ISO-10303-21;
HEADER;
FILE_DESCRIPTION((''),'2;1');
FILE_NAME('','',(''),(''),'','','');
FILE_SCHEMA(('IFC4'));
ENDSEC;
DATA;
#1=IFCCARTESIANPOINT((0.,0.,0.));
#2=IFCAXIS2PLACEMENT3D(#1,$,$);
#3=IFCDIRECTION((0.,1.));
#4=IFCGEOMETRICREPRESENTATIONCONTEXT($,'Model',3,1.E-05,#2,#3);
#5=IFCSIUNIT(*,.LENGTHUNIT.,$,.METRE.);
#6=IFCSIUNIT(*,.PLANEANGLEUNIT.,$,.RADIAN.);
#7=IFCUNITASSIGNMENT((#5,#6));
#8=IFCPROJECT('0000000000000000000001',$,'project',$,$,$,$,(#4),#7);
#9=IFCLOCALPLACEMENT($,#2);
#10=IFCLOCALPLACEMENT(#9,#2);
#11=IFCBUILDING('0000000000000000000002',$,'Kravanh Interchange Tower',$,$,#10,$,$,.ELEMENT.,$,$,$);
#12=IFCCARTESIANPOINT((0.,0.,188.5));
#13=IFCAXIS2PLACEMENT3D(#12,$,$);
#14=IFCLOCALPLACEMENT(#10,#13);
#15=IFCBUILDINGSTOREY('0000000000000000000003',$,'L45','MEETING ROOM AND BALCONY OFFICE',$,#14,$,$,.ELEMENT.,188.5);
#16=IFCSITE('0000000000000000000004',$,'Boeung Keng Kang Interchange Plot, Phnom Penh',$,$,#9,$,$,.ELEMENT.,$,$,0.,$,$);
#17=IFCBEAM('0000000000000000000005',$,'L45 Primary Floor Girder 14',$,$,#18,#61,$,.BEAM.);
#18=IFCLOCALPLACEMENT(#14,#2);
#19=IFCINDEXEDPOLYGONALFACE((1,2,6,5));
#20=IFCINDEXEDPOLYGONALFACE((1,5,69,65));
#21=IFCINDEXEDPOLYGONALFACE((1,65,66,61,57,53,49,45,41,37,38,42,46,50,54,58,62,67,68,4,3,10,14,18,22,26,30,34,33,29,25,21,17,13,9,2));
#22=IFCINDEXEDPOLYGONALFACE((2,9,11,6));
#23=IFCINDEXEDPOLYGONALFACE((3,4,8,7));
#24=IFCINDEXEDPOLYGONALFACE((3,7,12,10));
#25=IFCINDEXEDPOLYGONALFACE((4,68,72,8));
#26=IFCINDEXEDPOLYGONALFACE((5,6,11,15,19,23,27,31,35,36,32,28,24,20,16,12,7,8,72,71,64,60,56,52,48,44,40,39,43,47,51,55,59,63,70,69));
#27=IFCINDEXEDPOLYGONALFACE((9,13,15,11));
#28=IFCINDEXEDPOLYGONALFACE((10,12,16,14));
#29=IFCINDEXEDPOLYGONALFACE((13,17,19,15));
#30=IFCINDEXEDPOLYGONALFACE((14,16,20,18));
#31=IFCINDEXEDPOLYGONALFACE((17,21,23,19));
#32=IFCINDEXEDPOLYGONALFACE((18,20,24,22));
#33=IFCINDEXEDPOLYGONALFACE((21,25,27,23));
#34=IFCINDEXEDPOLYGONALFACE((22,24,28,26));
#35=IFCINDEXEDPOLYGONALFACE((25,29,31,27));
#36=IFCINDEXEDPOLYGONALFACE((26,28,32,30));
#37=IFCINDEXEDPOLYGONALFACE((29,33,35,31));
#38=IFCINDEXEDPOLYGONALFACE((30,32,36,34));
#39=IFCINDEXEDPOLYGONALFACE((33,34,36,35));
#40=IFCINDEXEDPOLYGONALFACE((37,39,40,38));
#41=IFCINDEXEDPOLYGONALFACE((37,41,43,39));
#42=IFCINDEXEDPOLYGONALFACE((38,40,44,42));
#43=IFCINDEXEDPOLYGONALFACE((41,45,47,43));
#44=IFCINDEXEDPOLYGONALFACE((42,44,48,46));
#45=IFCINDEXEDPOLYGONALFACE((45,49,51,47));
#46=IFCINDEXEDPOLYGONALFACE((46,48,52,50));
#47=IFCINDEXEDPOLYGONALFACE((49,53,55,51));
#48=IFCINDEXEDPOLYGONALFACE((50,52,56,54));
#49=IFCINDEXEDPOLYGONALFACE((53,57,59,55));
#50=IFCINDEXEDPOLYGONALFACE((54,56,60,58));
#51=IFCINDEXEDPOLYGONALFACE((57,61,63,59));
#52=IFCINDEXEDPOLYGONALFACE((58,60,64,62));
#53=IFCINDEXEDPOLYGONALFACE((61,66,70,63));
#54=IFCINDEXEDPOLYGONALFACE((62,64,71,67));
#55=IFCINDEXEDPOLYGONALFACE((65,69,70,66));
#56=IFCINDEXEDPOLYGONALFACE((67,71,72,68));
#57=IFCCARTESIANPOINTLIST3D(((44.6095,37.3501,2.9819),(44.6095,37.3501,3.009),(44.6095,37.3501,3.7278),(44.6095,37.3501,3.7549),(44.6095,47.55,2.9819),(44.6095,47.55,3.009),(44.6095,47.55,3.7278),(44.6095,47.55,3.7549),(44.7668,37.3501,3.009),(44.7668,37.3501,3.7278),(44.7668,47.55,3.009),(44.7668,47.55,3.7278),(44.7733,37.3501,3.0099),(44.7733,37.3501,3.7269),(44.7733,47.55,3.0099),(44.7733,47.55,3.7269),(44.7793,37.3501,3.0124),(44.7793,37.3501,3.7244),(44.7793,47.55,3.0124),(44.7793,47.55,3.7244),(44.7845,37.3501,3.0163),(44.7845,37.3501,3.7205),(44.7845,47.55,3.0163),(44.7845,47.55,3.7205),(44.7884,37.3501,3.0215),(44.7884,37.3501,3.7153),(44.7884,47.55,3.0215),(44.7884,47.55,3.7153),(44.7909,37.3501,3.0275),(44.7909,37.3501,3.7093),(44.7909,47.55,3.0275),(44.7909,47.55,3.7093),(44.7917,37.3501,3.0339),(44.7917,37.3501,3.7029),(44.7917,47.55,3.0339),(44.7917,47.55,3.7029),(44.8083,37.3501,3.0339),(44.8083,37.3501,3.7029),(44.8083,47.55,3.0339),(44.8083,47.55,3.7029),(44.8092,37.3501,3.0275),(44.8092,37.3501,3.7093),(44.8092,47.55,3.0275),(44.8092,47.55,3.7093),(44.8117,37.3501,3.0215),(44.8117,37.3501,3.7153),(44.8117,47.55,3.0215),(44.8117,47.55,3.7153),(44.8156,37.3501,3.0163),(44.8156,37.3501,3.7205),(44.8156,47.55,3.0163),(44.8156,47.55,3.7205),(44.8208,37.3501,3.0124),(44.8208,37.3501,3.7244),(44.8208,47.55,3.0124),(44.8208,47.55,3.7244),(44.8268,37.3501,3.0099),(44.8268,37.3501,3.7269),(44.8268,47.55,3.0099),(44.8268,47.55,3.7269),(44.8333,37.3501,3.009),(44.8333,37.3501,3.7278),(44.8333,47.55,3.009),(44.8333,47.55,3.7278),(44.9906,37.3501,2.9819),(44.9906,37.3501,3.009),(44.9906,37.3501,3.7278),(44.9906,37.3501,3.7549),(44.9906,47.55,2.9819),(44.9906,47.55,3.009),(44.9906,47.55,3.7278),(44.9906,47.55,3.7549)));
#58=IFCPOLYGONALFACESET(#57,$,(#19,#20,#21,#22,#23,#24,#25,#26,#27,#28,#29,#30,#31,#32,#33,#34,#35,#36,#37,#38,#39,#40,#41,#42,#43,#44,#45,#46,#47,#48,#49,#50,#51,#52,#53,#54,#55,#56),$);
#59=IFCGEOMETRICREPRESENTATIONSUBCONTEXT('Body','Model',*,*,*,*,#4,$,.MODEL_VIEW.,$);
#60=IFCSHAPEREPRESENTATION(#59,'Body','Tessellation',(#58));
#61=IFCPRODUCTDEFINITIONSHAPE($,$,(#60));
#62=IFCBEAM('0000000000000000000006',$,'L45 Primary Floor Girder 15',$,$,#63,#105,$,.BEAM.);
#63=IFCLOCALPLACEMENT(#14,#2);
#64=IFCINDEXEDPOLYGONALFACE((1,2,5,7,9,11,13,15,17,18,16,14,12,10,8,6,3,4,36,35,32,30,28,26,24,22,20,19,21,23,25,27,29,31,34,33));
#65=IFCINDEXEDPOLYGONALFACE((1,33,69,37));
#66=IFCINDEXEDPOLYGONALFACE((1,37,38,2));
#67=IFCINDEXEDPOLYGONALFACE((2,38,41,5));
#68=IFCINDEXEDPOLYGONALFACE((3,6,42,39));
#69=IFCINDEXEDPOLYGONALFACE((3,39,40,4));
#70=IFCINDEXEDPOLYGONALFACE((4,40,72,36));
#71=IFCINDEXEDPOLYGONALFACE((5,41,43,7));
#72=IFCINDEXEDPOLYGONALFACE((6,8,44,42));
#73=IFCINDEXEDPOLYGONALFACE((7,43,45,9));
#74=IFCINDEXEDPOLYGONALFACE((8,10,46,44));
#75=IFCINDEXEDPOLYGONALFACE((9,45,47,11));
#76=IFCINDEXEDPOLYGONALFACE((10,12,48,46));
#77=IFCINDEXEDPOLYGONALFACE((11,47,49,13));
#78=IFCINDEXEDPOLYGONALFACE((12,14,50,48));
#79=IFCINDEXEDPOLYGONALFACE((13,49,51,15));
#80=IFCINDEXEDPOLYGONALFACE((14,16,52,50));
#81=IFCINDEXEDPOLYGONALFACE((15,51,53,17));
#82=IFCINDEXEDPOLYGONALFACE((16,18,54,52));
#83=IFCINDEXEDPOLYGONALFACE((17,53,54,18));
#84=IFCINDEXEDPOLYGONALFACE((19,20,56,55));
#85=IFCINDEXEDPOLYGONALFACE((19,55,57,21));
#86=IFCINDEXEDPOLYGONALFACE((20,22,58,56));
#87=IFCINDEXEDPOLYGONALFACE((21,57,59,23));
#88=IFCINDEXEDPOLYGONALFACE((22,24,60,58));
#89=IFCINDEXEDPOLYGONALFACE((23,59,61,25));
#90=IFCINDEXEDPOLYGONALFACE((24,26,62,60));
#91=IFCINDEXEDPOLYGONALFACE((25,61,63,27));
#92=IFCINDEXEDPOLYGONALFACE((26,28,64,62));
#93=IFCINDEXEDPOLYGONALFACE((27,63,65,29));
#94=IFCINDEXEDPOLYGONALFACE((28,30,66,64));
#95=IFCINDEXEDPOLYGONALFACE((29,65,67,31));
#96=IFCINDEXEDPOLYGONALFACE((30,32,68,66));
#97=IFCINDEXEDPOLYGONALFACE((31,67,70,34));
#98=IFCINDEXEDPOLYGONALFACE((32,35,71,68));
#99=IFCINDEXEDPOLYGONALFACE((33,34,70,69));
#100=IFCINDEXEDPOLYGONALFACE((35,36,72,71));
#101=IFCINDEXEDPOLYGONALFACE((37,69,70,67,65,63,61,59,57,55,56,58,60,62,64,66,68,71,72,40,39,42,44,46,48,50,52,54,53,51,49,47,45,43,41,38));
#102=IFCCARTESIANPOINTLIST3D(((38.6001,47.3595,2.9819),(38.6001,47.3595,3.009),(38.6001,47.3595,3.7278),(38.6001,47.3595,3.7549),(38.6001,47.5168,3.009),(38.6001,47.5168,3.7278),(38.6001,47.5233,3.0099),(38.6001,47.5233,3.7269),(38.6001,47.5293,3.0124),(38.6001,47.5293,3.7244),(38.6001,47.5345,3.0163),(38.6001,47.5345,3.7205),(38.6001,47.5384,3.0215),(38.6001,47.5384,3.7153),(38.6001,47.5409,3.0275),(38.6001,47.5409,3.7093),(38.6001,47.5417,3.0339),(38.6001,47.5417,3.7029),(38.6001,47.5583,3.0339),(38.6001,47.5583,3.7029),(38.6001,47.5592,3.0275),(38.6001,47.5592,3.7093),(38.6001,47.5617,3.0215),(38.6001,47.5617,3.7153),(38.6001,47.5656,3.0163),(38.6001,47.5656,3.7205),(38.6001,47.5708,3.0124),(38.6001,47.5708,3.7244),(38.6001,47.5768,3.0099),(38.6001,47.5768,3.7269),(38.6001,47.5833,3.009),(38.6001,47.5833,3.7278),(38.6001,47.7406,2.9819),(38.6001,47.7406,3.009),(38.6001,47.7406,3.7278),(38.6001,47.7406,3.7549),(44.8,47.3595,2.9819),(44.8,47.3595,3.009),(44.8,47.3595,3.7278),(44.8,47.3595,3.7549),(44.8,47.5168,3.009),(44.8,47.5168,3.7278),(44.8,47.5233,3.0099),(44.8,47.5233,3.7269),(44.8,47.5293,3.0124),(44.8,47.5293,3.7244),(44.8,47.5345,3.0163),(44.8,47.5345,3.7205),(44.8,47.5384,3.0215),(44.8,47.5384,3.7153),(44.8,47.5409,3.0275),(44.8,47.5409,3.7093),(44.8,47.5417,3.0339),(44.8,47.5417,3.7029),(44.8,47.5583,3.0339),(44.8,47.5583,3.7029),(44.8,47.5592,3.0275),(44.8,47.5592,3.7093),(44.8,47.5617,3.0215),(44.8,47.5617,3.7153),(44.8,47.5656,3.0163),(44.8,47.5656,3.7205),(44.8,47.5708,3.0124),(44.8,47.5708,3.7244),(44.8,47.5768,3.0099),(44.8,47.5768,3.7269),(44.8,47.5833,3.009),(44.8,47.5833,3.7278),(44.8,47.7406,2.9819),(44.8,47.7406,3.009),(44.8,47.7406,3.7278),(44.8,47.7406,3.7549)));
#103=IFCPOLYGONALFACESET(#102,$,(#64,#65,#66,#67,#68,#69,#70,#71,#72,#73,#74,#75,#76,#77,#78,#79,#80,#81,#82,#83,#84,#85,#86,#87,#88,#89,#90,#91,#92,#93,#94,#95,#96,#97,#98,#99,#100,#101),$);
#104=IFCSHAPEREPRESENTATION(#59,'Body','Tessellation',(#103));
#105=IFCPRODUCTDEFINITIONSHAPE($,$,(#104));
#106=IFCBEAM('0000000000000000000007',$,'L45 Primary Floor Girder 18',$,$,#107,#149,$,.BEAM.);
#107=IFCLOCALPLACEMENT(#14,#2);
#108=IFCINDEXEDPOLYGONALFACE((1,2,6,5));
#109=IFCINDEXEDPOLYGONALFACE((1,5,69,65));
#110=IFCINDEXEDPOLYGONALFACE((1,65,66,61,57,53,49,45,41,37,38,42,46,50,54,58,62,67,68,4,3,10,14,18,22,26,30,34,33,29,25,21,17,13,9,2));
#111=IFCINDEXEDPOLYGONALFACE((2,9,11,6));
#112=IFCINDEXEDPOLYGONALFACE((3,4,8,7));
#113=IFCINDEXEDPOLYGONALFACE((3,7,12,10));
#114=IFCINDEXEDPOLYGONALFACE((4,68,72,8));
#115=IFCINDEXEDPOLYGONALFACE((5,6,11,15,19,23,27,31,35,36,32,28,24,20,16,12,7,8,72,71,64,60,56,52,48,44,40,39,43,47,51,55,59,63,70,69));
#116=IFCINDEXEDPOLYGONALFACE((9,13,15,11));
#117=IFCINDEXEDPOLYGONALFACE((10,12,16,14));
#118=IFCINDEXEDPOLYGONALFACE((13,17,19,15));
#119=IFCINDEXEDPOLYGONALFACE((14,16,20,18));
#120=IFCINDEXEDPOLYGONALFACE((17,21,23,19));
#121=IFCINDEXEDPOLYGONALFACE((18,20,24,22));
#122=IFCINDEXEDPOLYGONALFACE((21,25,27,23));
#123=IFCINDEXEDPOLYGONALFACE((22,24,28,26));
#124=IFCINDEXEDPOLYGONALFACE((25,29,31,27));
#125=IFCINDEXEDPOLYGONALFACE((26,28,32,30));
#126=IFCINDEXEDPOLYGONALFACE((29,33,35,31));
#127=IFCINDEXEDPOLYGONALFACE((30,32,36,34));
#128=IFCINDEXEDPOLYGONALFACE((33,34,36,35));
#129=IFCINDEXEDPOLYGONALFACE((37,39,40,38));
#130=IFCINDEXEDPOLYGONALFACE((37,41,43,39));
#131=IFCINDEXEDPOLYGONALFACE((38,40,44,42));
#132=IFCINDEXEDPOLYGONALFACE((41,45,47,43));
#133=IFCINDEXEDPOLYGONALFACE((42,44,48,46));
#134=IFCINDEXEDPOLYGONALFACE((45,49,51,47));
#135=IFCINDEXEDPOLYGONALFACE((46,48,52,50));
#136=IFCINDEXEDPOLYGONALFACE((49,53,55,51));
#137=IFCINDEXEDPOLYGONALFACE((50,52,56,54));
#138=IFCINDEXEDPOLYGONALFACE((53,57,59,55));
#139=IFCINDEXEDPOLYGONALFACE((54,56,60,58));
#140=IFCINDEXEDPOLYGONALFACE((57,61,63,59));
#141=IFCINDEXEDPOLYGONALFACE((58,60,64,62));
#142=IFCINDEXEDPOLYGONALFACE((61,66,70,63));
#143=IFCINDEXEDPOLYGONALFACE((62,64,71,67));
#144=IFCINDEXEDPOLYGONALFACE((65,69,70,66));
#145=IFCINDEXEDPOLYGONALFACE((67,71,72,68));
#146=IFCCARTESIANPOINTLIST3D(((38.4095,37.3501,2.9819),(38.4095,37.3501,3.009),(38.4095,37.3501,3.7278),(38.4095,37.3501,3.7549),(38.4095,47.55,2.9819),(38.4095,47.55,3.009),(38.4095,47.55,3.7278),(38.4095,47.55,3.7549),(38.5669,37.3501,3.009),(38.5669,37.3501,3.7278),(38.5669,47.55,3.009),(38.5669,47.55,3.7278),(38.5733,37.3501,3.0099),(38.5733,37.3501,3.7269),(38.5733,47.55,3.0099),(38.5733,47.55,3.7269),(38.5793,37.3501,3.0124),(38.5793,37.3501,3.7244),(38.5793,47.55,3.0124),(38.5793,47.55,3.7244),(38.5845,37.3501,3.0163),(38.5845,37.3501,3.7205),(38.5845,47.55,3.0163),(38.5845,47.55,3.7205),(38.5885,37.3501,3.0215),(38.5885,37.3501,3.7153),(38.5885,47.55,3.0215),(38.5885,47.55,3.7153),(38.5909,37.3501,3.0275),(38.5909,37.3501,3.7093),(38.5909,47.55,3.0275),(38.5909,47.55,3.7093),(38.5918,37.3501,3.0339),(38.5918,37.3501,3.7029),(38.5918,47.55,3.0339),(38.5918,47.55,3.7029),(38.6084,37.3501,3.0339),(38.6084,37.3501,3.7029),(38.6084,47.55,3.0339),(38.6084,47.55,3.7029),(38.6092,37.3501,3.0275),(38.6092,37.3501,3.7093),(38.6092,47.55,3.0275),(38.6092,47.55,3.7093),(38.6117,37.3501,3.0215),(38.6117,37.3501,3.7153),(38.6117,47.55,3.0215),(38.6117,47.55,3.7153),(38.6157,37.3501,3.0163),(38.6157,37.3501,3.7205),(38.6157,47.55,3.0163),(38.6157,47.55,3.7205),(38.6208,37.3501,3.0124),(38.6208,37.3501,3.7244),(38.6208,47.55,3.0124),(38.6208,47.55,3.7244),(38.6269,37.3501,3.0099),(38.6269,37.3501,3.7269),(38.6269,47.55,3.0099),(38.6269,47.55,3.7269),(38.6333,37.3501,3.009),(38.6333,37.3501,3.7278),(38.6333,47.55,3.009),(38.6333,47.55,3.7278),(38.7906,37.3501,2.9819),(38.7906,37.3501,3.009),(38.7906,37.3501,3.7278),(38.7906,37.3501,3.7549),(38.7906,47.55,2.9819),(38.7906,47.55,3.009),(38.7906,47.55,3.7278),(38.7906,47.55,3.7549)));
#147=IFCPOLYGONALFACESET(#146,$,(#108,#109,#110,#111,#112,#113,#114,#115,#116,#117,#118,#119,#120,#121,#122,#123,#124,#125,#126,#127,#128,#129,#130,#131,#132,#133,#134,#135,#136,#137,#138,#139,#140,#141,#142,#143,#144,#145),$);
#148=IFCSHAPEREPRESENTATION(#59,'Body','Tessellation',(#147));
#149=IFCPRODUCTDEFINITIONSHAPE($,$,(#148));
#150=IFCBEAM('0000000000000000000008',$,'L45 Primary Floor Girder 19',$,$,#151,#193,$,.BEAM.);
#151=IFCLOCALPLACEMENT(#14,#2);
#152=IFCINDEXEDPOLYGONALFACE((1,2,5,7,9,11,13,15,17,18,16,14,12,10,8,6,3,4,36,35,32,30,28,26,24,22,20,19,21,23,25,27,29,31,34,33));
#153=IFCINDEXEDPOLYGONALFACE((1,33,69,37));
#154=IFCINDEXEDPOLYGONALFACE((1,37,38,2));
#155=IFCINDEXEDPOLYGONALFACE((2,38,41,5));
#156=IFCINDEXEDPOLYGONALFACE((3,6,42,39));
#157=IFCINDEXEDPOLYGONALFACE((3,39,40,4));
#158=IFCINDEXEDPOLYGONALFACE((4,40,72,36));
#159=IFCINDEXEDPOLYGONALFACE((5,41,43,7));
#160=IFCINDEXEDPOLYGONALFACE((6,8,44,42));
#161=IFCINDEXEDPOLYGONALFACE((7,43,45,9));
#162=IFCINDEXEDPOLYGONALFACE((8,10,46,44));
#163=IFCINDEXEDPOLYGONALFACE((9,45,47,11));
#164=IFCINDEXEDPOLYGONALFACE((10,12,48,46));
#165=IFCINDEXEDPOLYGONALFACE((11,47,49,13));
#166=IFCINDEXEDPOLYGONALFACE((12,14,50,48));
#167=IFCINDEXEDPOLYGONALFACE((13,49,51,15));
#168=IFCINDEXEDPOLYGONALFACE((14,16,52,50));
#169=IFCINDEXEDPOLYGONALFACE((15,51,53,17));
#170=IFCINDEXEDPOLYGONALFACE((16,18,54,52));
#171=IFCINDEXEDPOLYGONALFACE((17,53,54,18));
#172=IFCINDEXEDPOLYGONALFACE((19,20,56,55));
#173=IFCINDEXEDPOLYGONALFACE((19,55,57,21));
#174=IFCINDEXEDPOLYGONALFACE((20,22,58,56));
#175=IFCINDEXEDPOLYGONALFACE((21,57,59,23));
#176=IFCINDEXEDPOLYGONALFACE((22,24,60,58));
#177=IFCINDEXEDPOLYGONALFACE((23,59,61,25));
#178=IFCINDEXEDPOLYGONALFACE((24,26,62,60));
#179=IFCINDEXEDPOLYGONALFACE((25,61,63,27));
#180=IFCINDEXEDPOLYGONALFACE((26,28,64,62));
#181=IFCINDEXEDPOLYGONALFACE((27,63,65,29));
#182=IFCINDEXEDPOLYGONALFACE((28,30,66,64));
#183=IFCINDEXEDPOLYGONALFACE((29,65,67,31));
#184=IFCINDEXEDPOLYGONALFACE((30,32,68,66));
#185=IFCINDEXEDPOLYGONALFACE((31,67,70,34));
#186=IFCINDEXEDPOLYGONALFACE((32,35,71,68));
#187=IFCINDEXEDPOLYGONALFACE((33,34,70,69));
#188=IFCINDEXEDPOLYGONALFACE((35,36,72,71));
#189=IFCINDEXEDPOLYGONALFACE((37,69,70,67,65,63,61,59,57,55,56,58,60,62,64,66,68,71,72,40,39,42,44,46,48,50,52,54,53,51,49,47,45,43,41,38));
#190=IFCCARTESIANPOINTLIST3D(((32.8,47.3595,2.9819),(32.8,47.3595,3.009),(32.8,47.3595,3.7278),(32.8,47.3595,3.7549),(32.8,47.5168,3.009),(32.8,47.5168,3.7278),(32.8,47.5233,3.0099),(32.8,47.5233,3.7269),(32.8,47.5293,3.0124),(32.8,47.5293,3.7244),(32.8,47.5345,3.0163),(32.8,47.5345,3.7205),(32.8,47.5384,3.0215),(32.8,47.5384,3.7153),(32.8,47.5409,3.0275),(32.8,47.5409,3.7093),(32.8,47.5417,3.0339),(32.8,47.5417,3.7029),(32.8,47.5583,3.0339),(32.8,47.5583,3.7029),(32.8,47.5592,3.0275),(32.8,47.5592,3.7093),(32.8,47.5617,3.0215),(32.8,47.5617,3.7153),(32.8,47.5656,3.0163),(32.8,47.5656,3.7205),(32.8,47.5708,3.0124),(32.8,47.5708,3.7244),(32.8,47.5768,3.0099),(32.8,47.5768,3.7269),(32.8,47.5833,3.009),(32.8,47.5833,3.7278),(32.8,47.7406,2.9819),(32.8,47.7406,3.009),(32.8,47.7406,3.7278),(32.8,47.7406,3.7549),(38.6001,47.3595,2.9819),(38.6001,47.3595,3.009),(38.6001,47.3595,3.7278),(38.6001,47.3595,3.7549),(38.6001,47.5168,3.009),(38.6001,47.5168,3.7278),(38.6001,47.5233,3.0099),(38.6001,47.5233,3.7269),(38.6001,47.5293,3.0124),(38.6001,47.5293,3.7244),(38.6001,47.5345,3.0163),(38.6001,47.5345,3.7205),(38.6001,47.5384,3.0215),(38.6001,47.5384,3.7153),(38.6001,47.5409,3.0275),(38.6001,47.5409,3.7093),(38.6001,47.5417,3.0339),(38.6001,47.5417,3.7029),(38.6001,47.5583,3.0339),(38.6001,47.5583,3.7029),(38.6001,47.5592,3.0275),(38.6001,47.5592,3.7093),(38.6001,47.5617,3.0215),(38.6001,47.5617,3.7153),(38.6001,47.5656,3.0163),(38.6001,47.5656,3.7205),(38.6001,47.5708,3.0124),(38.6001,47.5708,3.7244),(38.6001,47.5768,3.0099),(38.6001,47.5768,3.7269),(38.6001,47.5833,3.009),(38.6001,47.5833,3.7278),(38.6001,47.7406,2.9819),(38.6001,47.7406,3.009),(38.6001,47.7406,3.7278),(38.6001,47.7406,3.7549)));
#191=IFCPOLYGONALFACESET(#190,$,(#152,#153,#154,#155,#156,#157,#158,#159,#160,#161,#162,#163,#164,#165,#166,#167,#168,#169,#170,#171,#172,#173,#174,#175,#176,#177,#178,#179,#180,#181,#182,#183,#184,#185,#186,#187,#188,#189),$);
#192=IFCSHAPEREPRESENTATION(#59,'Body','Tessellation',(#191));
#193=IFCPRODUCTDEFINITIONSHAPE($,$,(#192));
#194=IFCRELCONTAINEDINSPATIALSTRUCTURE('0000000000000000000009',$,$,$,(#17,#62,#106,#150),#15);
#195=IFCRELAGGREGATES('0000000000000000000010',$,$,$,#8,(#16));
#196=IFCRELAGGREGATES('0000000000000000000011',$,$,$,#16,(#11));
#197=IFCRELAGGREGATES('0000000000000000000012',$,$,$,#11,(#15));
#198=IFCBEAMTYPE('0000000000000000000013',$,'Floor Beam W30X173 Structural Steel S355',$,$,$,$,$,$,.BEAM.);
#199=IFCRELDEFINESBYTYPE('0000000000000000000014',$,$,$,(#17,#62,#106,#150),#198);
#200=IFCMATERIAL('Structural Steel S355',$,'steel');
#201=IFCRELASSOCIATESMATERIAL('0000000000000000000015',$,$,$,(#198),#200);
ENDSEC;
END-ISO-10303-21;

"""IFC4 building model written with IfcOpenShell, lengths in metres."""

from ifc_helpers import new_model, si_unit, direction, frame, origin, origin_2d, place, context, subcontext, project, spatial, i_section, extrude, material, material_profile, profile_set, type_object, element, save


model = new_model("IFC4")

# Units and contexts
model_context = context("Model", 3, precision=1e-05, world=origin(), true_north=direction((0.0, 1.0)))
body_context = subcontext(model_context, "Body", "Model", "MODEL_VIEW")
ifc_project = project(units=[si_unit("LENGTHUNIT", "METRE"), si_unit("PLANEANGLEUNIT", "RADIAN")], contexts=[model_context])

# Site, building, storey
site_placement = place(None, origin())
site = spatial("IfcSite", under=ifc_project, at=site_placement, Name="Boeung Keng Kang Interchange Plot, Phnom Penh", CompositionType="ELEMENT", RefElevation=0.0)
building_placement = place(site_placement, origin())
building = spatial("IfcBuilding", under=site, at=building_placement, Name="Kravanh Interchange Tower", CompositionType="ELEMENT")
storey_placement = place(building_placement, frame((0.0, 0.0, 188.5)))
storey = spatial("IfcBuildingStorey", under=building, at=storey_placement, Name="L45", Description="MEETING ROOM AND BALCONY OFFICE", CompositionType="ELEMENT", Elevation=188.5)

# Beams
ifc_material_1 = material(Name="Structural Steel S355", Category="steel")
ifc_material_profile_1 = material_profile(ifc_material_1, i_section(OverallWidth=0.3811, OverallDepth=0.7729, WebThickness=0.0166, FlangeThickness=0.0271, FilletRadius=0.0249, at=origin_2d()), Name="W30X173")
ifc_profile_set_1 = profile_set([ifc_material_profile_1], Name="Structural Steel S355")
beam_type_1 = type_object("IfcBeamType", Name="Floor Beam W30X173 Structural Steel S355", PredefinedType="BEAM", material=ifc_profile_set_1)
beam_1_placement = place(storey_placement, frame((44.8, 37.3501, 3.3684), z_axis=(0.0, 1.0, 0.0), x_axis=(-1.0, 0.0, 0.0)))
element("IfcBeam", 1, at=beam_1_placement, inside=storey, type_object=beam_type_1, Name="L45 Primary Floor Girder 14", PredefinedType="BEAM", context=body_context, shape_type="SweptSolid", body=[
    extrude(i_section(OverallWidth=0.3811, OverallDepth=0.7729, WebThickness=0.0166, FlangeThickness=0.0271, FilletRadius=0.0249, at=origin_2d()), origin(), (0.0, 0.0, 1.0), 10.2),
])
beam_2_placement = place(storey_placement, frame((44.8, 47.55, 3.3684), z_axis=(-1.0, 0.0, 0.0), x_axis=(0.0, -1.0, 0.0)))
element("IfcBeam", 2, at=beam_2_placement, inside=storey, type_object=beam_type_1, Name="L45 Primary Floor Girder 15", PredefinedType="BEAM", context=body_context, shape_type="SweptSolid", body=[
    extrude(i_section(OverallWidth=0.3811, OverallDepth=0.7729, WebThickness=0.0166, FlangeThickness=0.0271, FilletRadius=0.0249, at=origin_2d()), origin(), (0.0, 0.0, 1.0), 6.2),
])
beam_3_placement = place(storey_placement, frame((38.6001, 37.3501, 3.3684), z_axis=(0.0, 1.0, 0.0), x_axis=(-1.0, 0.0, 0.0)))
element("IfcBeam", 3, at=beam_3_placement, inside=storey, type_object=beam_type_1, Name="L45 Primary Floor Girder 18", PredefinedType="BEAM", context=body_context, shape_type="SweptSolid", body=[
    extrude(i_section(OverallWidth=0.3811, OverallDepth=0.7729, WebThickness=0.0166, FlangeThickness=0.0271, FilletRadius=0.0249, at=origin_2d()), origin(), (0.0, 0.0, 1.0), 10.2),
])
beam_4_placement = place(storey_placement, frame((38.6001, 47.55, 3.3684), z_axis=(-1.0, 0.0, 0.0), x_axis=(0.0, -1.0, 0.0)))
element("IfcBeam", 4, at=beam_4_placement, inside=storey, type_object=beam_type_1, Name="L45 Primary Floor Girder 19", PredefinedType="BEAM", context=body_context, shape_type="SweptSolid", body=[
    extrude(i_section(OverallWidth=0.3811, OverallDepth=0.7729, WebThickness=0.0166, FlangeThickness=0.0271, FilletRadius=0.0249, at=origin_2d()), origin(), (0.0, 0.0, 1.0), 5.8),
])

save(model, "model.ifc")
